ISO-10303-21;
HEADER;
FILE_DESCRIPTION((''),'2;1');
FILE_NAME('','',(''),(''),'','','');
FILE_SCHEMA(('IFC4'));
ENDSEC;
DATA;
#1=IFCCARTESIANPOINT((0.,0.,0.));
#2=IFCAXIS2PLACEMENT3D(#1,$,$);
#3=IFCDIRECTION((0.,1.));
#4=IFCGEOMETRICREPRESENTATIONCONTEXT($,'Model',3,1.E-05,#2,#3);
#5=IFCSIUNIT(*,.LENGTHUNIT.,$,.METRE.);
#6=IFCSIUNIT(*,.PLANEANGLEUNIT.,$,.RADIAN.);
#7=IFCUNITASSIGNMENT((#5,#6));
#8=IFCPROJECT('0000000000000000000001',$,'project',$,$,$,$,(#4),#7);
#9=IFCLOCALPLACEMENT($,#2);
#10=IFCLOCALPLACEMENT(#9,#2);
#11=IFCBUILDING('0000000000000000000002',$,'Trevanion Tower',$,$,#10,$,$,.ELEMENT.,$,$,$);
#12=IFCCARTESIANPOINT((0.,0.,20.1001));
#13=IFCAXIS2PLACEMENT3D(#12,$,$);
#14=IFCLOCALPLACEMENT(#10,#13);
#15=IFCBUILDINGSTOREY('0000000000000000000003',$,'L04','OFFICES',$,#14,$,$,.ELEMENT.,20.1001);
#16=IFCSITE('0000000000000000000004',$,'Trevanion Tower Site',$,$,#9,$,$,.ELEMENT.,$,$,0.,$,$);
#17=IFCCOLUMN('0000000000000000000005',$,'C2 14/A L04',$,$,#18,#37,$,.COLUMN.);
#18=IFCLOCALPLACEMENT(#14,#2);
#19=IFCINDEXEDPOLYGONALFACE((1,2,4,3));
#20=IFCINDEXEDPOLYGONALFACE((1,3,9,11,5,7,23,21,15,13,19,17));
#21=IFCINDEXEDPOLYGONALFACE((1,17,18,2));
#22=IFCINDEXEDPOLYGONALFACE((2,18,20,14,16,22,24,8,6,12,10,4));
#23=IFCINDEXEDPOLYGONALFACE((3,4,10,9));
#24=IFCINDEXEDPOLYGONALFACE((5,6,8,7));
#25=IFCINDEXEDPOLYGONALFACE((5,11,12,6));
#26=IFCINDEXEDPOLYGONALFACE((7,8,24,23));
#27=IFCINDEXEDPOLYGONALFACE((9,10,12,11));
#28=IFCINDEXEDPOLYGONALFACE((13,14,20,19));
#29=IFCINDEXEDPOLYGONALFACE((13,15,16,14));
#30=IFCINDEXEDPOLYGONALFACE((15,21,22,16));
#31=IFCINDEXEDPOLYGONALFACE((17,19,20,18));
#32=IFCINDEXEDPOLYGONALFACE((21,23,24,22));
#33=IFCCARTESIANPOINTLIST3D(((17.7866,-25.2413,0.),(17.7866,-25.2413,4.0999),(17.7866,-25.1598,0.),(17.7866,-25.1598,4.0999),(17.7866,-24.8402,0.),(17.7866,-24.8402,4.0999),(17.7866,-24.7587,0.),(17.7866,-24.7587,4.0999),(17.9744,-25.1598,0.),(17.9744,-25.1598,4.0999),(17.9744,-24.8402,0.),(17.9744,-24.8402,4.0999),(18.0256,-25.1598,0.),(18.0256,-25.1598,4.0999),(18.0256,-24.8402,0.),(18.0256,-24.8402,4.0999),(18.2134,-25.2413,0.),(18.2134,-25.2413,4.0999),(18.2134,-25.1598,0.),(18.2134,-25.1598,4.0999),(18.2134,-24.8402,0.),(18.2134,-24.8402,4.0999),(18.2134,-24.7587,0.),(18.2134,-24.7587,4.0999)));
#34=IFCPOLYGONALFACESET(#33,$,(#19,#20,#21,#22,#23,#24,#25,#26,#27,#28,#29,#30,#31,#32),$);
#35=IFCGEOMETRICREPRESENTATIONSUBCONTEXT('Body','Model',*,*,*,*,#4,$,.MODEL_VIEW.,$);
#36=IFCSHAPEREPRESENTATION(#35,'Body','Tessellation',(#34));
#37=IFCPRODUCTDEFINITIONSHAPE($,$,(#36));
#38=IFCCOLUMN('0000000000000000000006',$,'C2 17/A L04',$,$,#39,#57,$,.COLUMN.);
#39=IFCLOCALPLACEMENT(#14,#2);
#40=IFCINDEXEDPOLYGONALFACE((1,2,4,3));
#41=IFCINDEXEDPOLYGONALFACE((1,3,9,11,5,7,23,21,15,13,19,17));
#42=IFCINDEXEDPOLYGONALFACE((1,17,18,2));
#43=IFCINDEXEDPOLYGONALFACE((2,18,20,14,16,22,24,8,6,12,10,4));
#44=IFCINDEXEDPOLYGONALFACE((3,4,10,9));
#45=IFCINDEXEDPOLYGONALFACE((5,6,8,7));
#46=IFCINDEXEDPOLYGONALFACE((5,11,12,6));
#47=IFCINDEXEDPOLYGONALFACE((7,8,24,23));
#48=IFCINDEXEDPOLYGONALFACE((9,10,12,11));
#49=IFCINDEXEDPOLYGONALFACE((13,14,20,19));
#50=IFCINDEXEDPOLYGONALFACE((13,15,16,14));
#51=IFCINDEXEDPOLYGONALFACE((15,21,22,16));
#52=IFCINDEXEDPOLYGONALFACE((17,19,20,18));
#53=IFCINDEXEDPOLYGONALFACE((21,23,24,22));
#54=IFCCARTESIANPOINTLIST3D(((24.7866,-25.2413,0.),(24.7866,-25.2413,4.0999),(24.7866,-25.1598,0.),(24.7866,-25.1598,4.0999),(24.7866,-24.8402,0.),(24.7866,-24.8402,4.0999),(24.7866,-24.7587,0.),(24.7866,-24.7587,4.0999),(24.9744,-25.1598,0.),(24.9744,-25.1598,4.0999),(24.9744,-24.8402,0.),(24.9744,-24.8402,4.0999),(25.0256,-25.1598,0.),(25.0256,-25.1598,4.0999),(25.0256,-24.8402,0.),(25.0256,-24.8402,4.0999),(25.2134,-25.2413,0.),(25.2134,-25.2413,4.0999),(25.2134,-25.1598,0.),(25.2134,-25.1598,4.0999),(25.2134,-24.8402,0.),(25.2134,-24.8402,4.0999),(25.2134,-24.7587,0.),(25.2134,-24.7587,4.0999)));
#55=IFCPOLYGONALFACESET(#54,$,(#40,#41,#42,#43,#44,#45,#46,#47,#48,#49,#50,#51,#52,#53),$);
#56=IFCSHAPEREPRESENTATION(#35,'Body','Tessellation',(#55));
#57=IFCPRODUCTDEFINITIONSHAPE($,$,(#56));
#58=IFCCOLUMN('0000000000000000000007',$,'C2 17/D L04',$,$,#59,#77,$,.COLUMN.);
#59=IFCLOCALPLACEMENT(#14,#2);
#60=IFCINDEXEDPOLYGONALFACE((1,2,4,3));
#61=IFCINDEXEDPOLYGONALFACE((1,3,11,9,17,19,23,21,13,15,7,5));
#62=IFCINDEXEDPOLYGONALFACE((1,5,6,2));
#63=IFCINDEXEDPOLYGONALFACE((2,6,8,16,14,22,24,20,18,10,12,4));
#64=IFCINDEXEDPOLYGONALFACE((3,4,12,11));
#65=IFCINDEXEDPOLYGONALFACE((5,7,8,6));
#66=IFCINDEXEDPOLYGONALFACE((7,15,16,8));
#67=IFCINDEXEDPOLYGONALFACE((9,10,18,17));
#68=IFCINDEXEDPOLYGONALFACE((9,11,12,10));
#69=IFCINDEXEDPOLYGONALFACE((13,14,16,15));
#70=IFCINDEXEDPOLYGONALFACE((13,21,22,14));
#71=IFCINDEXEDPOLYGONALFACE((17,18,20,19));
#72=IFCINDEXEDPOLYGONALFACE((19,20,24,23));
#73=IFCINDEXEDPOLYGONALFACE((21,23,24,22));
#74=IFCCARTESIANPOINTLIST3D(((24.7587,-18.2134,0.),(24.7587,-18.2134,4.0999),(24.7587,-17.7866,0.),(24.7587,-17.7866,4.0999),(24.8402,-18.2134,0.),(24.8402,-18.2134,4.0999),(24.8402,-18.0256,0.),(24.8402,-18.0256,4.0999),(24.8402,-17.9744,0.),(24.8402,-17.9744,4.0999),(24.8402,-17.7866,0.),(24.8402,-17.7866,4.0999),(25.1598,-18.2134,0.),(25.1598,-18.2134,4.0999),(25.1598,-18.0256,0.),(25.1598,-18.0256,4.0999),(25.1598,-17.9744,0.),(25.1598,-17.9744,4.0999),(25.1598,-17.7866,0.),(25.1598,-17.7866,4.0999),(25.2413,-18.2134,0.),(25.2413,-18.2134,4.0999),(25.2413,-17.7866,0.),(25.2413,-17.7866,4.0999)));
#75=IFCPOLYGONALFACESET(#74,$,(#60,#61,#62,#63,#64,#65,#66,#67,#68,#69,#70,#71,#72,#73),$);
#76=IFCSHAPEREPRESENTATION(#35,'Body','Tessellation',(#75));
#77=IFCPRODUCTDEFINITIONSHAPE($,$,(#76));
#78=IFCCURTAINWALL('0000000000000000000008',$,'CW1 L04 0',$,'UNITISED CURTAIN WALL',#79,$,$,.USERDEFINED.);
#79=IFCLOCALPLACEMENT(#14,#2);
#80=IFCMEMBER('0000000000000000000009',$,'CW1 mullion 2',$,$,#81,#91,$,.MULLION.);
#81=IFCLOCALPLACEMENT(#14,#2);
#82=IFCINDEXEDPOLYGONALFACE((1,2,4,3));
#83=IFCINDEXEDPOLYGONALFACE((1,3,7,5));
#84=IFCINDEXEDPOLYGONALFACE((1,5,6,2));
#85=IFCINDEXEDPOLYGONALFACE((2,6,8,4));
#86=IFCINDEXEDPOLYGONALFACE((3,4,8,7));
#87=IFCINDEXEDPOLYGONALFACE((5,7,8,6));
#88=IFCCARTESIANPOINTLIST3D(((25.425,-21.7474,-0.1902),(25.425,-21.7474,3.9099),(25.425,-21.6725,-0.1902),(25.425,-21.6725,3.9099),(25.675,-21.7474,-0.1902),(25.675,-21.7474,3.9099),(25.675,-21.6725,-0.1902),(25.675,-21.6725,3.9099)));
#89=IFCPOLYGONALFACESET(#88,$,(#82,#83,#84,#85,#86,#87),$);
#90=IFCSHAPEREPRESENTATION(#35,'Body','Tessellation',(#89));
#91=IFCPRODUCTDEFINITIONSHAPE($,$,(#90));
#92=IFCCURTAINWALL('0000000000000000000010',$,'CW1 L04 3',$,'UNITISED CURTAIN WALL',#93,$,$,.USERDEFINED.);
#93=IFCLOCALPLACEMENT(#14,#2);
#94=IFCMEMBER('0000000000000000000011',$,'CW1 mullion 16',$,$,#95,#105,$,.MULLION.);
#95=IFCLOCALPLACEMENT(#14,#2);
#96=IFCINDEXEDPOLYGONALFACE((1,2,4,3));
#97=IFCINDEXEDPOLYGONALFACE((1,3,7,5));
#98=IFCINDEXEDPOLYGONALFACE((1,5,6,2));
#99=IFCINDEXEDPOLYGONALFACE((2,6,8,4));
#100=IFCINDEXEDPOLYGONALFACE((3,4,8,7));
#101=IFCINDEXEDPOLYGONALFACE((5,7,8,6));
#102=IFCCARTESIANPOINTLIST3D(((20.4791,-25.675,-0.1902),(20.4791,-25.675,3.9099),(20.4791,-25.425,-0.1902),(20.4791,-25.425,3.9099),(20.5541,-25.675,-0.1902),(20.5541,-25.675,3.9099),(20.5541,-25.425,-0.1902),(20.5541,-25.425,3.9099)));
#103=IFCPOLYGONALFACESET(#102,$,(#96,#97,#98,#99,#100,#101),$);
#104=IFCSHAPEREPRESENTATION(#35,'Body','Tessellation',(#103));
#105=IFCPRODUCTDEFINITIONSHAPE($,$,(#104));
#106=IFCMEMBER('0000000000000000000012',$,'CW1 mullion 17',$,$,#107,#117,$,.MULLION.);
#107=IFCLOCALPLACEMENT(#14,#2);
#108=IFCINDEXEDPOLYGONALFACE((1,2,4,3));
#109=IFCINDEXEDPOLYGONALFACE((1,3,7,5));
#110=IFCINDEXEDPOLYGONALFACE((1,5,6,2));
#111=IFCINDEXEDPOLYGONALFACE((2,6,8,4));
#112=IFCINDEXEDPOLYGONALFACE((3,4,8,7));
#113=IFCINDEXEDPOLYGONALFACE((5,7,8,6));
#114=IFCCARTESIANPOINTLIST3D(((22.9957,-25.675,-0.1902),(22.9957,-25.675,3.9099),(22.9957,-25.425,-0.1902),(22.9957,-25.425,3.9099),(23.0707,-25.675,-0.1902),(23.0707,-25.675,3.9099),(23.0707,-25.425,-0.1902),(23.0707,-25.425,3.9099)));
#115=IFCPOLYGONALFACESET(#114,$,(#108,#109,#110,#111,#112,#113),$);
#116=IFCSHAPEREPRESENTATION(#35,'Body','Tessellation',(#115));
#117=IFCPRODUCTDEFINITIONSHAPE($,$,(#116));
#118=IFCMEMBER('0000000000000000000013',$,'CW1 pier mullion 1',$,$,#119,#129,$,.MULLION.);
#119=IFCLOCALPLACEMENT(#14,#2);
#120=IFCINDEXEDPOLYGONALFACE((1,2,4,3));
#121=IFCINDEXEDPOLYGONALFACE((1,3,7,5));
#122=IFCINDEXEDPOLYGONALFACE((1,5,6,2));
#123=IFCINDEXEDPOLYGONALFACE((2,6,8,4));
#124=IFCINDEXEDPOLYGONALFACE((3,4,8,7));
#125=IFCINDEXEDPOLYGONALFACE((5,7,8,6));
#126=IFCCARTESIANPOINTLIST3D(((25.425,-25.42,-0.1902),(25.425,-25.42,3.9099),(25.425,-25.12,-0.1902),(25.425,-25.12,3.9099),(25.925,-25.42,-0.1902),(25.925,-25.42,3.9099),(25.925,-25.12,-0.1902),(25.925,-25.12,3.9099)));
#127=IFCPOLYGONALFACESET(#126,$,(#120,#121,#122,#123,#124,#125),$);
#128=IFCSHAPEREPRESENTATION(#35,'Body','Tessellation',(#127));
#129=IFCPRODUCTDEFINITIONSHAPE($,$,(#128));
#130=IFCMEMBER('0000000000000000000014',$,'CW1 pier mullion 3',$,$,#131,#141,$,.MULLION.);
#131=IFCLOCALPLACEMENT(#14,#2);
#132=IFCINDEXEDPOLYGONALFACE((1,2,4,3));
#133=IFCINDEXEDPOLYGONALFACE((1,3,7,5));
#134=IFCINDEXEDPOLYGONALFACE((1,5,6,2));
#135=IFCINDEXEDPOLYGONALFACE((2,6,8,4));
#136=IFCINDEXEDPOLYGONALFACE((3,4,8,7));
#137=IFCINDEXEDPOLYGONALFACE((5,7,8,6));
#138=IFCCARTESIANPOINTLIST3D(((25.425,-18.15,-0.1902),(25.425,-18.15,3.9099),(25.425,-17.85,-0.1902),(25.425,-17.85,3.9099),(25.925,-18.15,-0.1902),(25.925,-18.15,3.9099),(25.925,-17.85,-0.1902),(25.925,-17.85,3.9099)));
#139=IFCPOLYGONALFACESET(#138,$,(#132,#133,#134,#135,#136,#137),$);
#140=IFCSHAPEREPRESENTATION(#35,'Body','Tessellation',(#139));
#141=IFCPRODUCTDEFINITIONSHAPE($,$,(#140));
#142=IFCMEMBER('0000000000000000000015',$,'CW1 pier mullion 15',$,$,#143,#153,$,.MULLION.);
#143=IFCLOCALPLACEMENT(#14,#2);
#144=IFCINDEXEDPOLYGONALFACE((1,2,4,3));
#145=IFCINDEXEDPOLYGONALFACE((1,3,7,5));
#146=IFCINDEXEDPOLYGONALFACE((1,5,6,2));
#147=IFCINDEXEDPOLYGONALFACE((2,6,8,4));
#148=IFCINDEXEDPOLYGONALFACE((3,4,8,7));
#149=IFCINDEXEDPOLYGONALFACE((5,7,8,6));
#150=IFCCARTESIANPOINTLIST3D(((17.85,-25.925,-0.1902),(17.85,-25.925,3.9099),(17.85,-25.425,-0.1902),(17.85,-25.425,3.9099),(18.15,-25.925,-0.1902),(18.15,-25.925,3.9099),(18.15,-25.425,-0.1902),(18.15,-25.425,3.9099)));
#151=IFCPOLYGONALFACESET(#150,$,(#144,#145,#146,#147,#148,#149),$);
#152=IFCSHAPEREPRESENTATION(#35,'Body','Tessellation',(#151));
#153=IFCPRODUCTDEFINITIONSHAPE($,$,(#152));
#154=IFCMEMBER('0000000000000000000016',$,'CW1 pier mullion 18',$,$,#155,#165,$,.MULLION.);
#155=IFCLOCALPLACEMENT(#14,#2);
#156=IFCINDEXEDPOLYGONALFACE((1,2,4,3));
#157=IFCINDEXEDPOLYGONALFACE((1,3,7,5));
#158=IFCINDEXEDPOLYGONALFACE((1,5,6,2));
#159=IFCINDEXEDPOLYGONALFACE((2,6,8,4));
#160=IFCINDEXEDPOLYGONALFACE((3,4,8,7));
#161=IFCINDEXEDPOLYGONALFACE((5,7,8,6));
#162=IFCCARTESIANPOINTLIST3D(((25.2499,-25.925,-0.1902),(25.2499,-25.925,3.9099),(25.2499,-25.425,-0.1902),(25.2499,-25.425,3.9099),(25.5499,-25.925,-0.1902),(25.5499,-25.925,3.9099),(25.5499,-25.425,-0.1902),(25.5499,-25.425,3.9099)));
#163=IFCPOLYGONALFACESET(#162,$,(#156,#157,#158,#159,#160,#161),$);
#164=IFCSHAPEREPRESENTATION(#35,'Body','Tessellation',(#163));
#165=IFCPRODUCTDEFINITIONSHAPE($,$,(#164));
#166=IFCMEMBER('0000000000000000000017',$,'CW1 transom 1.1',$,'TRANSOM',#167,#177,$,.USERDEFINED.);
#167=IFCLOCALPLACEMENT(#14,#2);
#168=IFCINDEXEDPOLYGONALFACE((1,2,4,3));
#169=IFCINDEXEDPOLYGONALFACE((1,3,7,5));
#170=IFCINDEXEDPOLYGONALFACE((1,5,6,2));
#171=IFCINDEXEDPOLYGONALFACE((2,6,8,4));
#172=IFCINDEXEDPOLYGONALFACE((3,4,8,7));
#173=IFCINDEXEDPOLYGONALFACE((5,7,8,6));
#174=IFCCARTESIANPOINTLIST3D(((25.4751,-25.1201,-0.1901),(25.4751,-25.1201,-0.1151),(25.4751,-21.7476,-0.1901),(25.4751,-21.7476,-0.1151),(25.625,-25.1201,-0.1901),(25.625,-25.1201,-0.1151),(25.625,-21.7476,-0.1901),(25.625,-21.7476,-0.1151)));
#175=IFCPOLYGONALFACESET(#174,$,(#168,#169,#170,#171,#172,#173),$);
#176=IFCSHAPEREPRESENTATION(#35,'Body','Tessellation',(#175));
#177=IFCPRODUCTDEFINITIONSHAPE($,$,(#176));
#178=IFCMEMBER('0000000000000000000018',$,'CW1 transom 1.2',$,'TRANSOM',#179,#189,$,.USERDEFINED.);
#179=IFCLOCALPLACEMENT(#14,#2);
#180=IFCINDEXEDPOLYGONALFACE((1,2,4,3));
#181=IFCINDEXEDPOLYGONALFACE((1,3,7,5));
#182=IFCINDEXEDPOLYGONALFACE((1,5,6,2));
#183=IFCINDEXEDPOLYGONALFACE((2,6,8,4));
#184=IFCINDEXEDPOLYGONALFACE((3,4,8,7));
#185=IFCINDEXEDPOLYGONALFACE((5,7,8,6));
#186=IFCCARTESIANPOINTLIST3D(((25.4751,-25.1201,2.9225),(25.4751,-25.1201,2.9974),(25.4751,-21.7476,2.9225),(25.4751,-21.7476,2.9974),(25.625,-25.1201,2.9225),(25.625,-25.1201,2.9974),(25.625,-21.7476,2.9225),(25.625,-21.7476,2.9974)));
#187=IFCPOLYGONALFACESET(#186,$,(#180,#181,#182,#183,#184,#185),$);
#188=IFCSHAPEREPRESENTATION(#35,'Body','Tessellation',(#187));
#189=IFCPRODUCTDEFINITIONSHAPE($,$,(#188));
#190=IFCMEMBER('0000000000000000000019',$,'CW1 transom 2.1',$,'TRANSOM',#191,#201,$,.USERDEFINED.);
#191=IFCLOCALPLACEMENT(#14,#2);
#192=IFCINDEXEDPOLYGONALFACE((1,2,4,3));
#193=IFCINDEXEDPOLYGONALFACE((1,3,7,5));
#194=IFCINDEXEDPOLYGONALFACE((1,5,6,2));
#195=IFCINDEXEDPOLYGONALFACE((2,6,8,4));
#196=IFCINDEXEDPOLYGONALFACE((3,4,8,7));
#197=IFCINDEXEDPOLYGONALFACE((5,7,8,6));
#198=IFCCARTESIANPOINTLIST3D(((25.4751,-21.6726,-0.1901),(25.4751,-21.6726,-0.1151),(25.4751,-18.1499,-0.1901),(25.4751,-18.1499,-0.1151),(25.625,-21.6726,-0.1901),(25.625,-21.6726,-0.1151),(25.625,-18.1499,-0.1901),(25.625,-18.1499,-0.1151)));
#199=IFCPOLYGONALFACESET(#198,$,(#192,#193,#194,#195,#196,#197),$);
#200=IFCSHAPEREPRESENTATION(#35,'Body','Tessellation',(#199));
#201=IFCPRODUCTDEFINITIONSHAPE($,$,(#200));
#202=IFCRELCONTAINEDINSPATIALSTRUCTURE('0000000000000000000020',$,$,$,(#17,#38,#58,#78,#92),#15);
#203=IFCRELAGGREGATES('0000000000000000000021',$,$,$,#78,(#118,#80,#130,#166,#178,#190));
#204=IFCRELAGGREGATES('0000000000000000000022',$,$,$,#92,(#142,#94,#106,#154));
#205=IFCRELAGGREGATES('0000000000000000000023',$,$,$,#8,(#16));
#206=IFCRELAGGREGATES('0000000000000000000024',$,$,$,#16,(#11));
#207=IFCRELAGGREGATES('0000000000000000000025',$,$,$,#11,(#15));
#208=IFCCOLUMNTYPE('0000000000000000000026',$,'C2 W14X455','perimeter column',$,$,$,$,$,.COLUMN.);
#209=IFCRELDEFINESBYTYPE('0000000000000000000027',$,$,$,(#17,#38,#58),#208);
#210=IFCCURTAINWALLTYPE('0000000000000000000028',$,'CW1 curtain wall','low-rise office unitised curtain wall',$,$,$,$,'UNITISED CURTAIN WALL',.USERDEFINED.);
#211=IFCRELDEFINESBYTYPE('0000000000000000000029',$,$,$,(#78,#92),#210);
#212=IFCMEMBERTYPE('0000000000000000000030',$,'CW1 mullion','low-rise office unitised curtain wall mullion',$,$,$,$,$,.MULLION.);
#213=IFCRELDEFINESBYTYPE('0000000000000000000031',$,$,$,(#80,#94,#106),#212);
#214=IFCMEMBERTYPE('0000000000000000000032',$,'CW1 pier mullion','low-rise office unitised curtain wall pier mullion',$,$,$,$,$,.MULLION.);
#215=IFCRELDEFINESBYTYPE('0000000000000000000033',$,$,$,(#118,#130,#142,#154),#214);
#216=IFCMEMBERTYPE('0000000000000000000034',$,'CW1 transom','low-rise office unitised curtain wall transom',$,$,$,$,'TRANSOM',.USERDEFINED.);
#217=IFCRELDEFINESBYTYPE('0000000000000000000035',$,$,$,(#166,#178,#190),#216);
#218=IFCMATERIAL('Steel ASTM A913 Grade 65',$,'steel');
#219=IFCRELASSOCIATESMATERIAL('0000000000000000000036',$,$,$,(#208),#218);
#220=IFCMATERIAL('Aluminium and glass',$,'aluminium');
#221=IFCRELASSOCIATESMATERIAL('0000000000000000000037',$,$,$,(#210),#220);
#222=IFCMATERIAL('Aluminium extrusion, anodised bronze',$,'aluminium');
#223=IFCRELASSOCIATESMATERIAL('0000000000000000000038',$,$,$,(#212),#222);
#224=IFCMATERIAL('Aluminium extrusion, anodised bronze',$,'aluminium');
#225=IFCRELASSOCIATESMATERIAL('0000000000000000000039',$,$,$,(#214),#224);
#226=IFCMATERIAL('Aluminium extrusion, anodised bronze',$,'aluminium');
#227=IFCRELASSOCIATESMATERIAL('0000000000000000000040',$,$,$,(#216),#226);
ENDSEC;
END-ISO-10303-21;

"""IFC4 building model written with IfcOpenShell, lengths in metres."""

from ifc_helpers import new_model, si_unit, direction, frame, origin, origin_2d, place, context, subcontext, project, spatial, rectangle, i_section, extrude, material, material_profile, profile_set, type_object, element, aggregate, save


model = new_model("IFC4")

# Units and contexts
model_context = context("Model", 3, precision=1e-05, world=origin(), true_north=direction((0.0, 1.0)))
body_context = subcontext(model_context, "Body", "Model", "MODEL_VIEW")
ifc_project = project(units=[si_unit("LENGTHUNIT", "METRE"), si_unit("PLANEANGLEUNIT", "RADIAN")], contexts=[model_context])

# Site, building, storey
site_placement = place(None, origin())
site = spatial("IfcSite", under=ifc_project, at=site_placement, Name="Trevanion Tower Site", CompositionType="ELEMENT", RefElevation=0.0)
building_placement = place(site_placement, origin())
building = spatial("IfcBuilding", under=site, at=building_placement, Name="Trevanion Tower", CompositionType="ELEMENT")
storey_placement = place(building_placement, frame((0.0, 0.0, 20.1001)))
storey = spatial("IfcBuildingStorey", under=building, at=storey_placement, Name="L04", Description="OFFICES", CompositionType="ELEMENT", Elevation=20.1001)

# Columns
ifc_material_1 = material(Name="Steel ASTM A913 Grade 65", Category="steel")
ifc_material_profile_1 = material_profile(ifc_material_1, i_section(OverallWidth=0.4268, OverallDepth=0.4827, WebThickness=0.0513, FlangeThickness=0.0815, at=origin_2d()), Name="W14X455")
ifc_profile_set_1 = profile_set([ifc_material_profile_1], Name="Steel ASTM A913 Grade 65")
column_type = type_object("IfcColumnType", Name="C2 W14X455", Description="perimeter column", PredefinedType="COLUMN", material=ifc_profile_set_1)
for number, where, z_axis, x_axis, name in (
    (1, (18.0, -25.0, 0.0), (0.0, 0.0, 1.0), (1.0, 0.0, 0.0), "C2 14/A L04"),
    (2, (25.0, -25.0, 0.0), (0.0, 0.0, 1.0), (1.0, 0.0, 0.0), "C2 17/A L04"),
    (3, (25.0, -18.0, 0.0), (0.0, 0.0, 1.0), (0.0, 1.0, 0.0), "C2 17/D L04"),
):
    element("IfcColumn", number, at=place(storey_placement, frame(where, z_axis=z_axis, x_axis=x_axis)), inside=storey, type_object=column_type, Name=name, PredefinedType="COLUMN", context=body_context, shape_type="SweptSolid", body=[
        extrude(i_section(OverallWidth=0.4268, OverallDepth=0.4827, WebThickness=0.0513, FlangeThickness=0.0815, at=origin_2d()), origin(), (0.0, 0.0, 1.0), 4.0999),
    ])

# Curtain wall, member
ifc_material_2 = material(Name="Aluminium and glass", Category="aluminium")
curtain_wall_type = type_object("IfcCurtainWallType", Name="CW1 curtain wall", Description="low-rise office unitised curtain wall", ElementType="UNITISED CURTAIN WALL", PredefinedType="USERDEFINED", material=ifc_material_2)
curtain_wall_1_placement = place(storey_placement, origin())
curtain_wall_1 = element("IfcCurtainWall", 4, at=curtain_wall_1_placement, inside=storey, type_object=curtain_wall_type, Name="CW1 L04 0", ObjectType="UNITISED CURTAIN WALL", PredefinedType="USERDEFINED")
ifc_material_3 = material(Name="Aluminium extrusion, anodised bronze", Category="aluminium")
ifc_material_profile_2 = material_profile(ifc_material_3, rectangle(XDim=0.075, YDim=0.25, at=origin_2d()), Name="CW1 mullion")
ifc_profile_set_2 = profile_set([ifc_material_profile_2], Name="Aluminium extrusion, anodised bronze")
member_type_1 = type_object("IfcMemberType", Name="CW1 mullion", Description="low-rise office unitised curtain wall mullion", PredefinedType="MULLION", material=ifc_profile_set_2)
member_1_placement = place(storey_placement, frame((25.55, -21.71, -0.1902), z_axis=(0.0, 0.0, 1.0), x_axis=(0.0, 1.0, 0.0)))
member_1 = element("IfcMember", 5, at=member_1_placement, type_object=member_type_1, Name="CW1 mullion 2", PredefinedType="MULLION", context=body_context, shape_type="SweptSolid", body=[
    extrude(rectangle(XDim=0.075, YDim=0.25, at=origin_2d()), origin(), (0.0, 0.0, 1.0), 4.1001),
])

# Curtain wall, members
curtain_wall_2_placement = place(storey_placement, origin())
curtain_wall_2 = element("IfcCurtainWall", 6, at=curtain_wall_2_placement, inside=storey, type_object=curtain_wall_type, Name="CW1 L04 3", ObjectType="UNITISED CURTAIN WALL", PredefinedType="USERDEFINED")
member_2_placement = place(storey_placement, frame((20.5166, -25.55, -0.1902), z_axis=(0.0, 0.0, 1.0), x_axis=(1.0, 0.0, 0.0)))
member_2 = element("IfcMember", 7, at=member_2_placement, type_object=member_type_1, Name="CW1 mullion 16", PredefinedType="MULLION", context=body_context, shape_type="SweptSolid", body=[
    extrude(rectangle(XDim=0.075, YDim=0.25, at=origin_2d()), origin(), (0.0, 0.0, 1.0), 4.1001),
])
member_3_placement = place(storey_placement, frame((23.0332, -25.55, -0.1902), z_axis=(0.0, 0.0, 1.0), x_axis=(1.0, 0.0, 0.0)))
member_3 = element("IfcMember", 8, at=member_3_placement, type_object=member_type_1, Name="CW1 mullion 17", PredefinedType="MULLION", context=body_context, shape_type="SweptSolid", body=[
    extrude(rectangle(XDim=0.075, YDim=0.25, at=origin_2d()), origin(), (0.0, 0.0, 1.0), 4.1001),
])

# Members
ifc_material_4 = material(Name="Aluminium extrusion, anodised bronze", Category="aluminium")
ifc_material_profile_3 = material_profile(ifc_material_4, rectangle(XDim=0.3, YDim=0.5, at=origin_2d()), Name="CW1 pier mullion")
ifc_profile_set_3 = profile_set([ifc_material_profile_3], Name="Aluminium extrusion, anodised bronze")
member_type_2 = type_object("IfcMemberType", Name="CW1 pier mullion", Description="low-rise office unitised curtain wall pier mullion", PredefinedType="MULLION", material=ifc_profile_set_3)
member_4_placement = place(storey_placement, frame((25.675, -25.27, -0.1902), z_axis=(0.0, 0.0, 1.0), x_axis=(0.0, 1.0, 0.0)))
member_4 = element("IfcMember", 9, at=member_4_placement, type_object=member_type_2, Name="CW1 pier mullion 1", PredefinedType="MULLION", context=body_context, shape_type="SweptSolid", body=[
    extrude(rectangle(XDim=0.3, YDim=0.5, at=origin_2d()), origin(), (0.0, 0.0, 1.0), 4.1001),
])
member_5_placement = place(storey_placement, frame((25.675, -18.0, -0.1902), z_axis=(0.0, 0.0, 1.0), x_axis=(0.0, 1.0, 0.0)))
member_5 = element("IfcMember", 10, at=member_5_placement, type_object=member_type_2, Name="CW1 pier mullion 3", PredefinedType="MULLION", context=body_context, shape_type="SweptSolid", body=[
    extrude(rectangle(XDim=0.3, YDim=0.5, at=origin_2d()), origin(), (0.0, 0.0, 1.0), 4.1001),
])
member_6_placement = place(storey_placement, frame((18.0, -25.675, -0.1902), z_axis=(0.0, 0.0, 1.0), x_axis=(1.0, 0.0, 0.0)))
member_6 = element("IfcMember", 11, at=member_6_placement, type_object=member_type_2, Name="CW1 pier mullion 15", PredefinedType="MULLION", context=body_context, shape_type="SweptSolid", body=[
    extrude(rectangle(XDim=0.3, YDim=0.5, at=origin_2d()), origin(), (0.0, 0.0, 1.0), 4.1001),
])
member_7_placement = place(storey_placement, frame((25.3999, -25.675, -0.1902), z_axis=(0.0, 0.0, 1.0), x_axis=(1.0, 0.0, 0.0)))
member_7 = element("IfcMember", 12, at=member_7_placement, type_object=member_type_2, Name="CW1 pier mullion 18", PredefinedType="MULLION", context=body_context, shape_type="SweptSolid", body=[
    extrude(rectangle(XDim=0.3, YDim=0.5, at=origin_2d()), origin(), (0.0, 0.0, 1.0), 4.1001),
])
ifc_material_5 = material(Name="Aluminium extrusion, anodised bronze", Category="aluminium")
ifc_material_profile_4 = material_profile(ifc_material_5, rectangle(XDim=0.1499, YDim=0.075, at=origin_2d()), Name="CW1 transom")
ifc_profile_set_4 = profile_set([ifc_material_profile_4], Name="Aluminium extrusion, anodised bronze")
member_type_3 = type_object("IfcMemberType", Name="CW1 transom", Description="low-rise office unitised curtain wall transom", ElementType="TRANSOM", PredefinedType="USERDEFINED", material=ifc_profile_set_4)
member_8_placement = place(storey_placement, frame((25.55, -25.1201, -0.1526), z_axis=(0.0, 1.0, 0.0), x_axis=(-1.0, 0.0, 0.0)))
member_8 = element("IfcMember", 13, at=member_8_placement, type_object=member_type_3, Name="CW1 transom 1.1", ObjectType="TRANSOM", PredefinedType="USERDEFINED", context=body_context, shape_type="SweptSolid", body=[
    extrude(rectangle(XDim=0.1499, YDim=0.075, at=origin_2d()), origin(), (0.0, 0.0, 1.0), 3.3726),
])
member_9_placement = place(storey_placement, frame((25.55, -25.1201, 2.96), z_axis=(0.0, 1.0, 0.0), x_axis=(-1.0, 0.0, 0.0)))
member_9 = element("IfcMember", 14, at=member_9_placement, type_object=member_type_3, Name="CW1 transom 1.2", ObjectType="TRANSOM", PredefinedType="USERDEFINED", context=body_context, shape_type="SweptSolid", body=[
    extrude(rectangle(XDim=0.1499, YDim=0.075, at=origin_2d()), origin(), (0.0, 0.0, 1.0), 3.3726),
])
member_10_placement = place(storey_placement, frame((25.55, -21.6726, -0.1526), z_axis=(0.0, 1.0, 0.0), x_axis=(-1.0, 0.0, 0.0)))
member_10 = element("IfcMember", 15, at=member_10_placement, type_object=member_type_3, Name="CW1 transom 2.1", ObjectType="TRANSOM", PredefinedType="USERDEFINED", context=body_context, shape_type="SweptSolid", body=[
    extrude(rectangle(XDim=0.1499, YDim=0.075, at=origin_2d()), origin(), (0.0, 0.0, 1.0), 3.5227),
])

aggregate(curtain_wall_1, [member_4, member_1, member_5, member_8, member_9, member_10])
aggregate(curtain_wall_2, [member_6, member_2, member_3, member_7])

save(model, "model.ifc")
